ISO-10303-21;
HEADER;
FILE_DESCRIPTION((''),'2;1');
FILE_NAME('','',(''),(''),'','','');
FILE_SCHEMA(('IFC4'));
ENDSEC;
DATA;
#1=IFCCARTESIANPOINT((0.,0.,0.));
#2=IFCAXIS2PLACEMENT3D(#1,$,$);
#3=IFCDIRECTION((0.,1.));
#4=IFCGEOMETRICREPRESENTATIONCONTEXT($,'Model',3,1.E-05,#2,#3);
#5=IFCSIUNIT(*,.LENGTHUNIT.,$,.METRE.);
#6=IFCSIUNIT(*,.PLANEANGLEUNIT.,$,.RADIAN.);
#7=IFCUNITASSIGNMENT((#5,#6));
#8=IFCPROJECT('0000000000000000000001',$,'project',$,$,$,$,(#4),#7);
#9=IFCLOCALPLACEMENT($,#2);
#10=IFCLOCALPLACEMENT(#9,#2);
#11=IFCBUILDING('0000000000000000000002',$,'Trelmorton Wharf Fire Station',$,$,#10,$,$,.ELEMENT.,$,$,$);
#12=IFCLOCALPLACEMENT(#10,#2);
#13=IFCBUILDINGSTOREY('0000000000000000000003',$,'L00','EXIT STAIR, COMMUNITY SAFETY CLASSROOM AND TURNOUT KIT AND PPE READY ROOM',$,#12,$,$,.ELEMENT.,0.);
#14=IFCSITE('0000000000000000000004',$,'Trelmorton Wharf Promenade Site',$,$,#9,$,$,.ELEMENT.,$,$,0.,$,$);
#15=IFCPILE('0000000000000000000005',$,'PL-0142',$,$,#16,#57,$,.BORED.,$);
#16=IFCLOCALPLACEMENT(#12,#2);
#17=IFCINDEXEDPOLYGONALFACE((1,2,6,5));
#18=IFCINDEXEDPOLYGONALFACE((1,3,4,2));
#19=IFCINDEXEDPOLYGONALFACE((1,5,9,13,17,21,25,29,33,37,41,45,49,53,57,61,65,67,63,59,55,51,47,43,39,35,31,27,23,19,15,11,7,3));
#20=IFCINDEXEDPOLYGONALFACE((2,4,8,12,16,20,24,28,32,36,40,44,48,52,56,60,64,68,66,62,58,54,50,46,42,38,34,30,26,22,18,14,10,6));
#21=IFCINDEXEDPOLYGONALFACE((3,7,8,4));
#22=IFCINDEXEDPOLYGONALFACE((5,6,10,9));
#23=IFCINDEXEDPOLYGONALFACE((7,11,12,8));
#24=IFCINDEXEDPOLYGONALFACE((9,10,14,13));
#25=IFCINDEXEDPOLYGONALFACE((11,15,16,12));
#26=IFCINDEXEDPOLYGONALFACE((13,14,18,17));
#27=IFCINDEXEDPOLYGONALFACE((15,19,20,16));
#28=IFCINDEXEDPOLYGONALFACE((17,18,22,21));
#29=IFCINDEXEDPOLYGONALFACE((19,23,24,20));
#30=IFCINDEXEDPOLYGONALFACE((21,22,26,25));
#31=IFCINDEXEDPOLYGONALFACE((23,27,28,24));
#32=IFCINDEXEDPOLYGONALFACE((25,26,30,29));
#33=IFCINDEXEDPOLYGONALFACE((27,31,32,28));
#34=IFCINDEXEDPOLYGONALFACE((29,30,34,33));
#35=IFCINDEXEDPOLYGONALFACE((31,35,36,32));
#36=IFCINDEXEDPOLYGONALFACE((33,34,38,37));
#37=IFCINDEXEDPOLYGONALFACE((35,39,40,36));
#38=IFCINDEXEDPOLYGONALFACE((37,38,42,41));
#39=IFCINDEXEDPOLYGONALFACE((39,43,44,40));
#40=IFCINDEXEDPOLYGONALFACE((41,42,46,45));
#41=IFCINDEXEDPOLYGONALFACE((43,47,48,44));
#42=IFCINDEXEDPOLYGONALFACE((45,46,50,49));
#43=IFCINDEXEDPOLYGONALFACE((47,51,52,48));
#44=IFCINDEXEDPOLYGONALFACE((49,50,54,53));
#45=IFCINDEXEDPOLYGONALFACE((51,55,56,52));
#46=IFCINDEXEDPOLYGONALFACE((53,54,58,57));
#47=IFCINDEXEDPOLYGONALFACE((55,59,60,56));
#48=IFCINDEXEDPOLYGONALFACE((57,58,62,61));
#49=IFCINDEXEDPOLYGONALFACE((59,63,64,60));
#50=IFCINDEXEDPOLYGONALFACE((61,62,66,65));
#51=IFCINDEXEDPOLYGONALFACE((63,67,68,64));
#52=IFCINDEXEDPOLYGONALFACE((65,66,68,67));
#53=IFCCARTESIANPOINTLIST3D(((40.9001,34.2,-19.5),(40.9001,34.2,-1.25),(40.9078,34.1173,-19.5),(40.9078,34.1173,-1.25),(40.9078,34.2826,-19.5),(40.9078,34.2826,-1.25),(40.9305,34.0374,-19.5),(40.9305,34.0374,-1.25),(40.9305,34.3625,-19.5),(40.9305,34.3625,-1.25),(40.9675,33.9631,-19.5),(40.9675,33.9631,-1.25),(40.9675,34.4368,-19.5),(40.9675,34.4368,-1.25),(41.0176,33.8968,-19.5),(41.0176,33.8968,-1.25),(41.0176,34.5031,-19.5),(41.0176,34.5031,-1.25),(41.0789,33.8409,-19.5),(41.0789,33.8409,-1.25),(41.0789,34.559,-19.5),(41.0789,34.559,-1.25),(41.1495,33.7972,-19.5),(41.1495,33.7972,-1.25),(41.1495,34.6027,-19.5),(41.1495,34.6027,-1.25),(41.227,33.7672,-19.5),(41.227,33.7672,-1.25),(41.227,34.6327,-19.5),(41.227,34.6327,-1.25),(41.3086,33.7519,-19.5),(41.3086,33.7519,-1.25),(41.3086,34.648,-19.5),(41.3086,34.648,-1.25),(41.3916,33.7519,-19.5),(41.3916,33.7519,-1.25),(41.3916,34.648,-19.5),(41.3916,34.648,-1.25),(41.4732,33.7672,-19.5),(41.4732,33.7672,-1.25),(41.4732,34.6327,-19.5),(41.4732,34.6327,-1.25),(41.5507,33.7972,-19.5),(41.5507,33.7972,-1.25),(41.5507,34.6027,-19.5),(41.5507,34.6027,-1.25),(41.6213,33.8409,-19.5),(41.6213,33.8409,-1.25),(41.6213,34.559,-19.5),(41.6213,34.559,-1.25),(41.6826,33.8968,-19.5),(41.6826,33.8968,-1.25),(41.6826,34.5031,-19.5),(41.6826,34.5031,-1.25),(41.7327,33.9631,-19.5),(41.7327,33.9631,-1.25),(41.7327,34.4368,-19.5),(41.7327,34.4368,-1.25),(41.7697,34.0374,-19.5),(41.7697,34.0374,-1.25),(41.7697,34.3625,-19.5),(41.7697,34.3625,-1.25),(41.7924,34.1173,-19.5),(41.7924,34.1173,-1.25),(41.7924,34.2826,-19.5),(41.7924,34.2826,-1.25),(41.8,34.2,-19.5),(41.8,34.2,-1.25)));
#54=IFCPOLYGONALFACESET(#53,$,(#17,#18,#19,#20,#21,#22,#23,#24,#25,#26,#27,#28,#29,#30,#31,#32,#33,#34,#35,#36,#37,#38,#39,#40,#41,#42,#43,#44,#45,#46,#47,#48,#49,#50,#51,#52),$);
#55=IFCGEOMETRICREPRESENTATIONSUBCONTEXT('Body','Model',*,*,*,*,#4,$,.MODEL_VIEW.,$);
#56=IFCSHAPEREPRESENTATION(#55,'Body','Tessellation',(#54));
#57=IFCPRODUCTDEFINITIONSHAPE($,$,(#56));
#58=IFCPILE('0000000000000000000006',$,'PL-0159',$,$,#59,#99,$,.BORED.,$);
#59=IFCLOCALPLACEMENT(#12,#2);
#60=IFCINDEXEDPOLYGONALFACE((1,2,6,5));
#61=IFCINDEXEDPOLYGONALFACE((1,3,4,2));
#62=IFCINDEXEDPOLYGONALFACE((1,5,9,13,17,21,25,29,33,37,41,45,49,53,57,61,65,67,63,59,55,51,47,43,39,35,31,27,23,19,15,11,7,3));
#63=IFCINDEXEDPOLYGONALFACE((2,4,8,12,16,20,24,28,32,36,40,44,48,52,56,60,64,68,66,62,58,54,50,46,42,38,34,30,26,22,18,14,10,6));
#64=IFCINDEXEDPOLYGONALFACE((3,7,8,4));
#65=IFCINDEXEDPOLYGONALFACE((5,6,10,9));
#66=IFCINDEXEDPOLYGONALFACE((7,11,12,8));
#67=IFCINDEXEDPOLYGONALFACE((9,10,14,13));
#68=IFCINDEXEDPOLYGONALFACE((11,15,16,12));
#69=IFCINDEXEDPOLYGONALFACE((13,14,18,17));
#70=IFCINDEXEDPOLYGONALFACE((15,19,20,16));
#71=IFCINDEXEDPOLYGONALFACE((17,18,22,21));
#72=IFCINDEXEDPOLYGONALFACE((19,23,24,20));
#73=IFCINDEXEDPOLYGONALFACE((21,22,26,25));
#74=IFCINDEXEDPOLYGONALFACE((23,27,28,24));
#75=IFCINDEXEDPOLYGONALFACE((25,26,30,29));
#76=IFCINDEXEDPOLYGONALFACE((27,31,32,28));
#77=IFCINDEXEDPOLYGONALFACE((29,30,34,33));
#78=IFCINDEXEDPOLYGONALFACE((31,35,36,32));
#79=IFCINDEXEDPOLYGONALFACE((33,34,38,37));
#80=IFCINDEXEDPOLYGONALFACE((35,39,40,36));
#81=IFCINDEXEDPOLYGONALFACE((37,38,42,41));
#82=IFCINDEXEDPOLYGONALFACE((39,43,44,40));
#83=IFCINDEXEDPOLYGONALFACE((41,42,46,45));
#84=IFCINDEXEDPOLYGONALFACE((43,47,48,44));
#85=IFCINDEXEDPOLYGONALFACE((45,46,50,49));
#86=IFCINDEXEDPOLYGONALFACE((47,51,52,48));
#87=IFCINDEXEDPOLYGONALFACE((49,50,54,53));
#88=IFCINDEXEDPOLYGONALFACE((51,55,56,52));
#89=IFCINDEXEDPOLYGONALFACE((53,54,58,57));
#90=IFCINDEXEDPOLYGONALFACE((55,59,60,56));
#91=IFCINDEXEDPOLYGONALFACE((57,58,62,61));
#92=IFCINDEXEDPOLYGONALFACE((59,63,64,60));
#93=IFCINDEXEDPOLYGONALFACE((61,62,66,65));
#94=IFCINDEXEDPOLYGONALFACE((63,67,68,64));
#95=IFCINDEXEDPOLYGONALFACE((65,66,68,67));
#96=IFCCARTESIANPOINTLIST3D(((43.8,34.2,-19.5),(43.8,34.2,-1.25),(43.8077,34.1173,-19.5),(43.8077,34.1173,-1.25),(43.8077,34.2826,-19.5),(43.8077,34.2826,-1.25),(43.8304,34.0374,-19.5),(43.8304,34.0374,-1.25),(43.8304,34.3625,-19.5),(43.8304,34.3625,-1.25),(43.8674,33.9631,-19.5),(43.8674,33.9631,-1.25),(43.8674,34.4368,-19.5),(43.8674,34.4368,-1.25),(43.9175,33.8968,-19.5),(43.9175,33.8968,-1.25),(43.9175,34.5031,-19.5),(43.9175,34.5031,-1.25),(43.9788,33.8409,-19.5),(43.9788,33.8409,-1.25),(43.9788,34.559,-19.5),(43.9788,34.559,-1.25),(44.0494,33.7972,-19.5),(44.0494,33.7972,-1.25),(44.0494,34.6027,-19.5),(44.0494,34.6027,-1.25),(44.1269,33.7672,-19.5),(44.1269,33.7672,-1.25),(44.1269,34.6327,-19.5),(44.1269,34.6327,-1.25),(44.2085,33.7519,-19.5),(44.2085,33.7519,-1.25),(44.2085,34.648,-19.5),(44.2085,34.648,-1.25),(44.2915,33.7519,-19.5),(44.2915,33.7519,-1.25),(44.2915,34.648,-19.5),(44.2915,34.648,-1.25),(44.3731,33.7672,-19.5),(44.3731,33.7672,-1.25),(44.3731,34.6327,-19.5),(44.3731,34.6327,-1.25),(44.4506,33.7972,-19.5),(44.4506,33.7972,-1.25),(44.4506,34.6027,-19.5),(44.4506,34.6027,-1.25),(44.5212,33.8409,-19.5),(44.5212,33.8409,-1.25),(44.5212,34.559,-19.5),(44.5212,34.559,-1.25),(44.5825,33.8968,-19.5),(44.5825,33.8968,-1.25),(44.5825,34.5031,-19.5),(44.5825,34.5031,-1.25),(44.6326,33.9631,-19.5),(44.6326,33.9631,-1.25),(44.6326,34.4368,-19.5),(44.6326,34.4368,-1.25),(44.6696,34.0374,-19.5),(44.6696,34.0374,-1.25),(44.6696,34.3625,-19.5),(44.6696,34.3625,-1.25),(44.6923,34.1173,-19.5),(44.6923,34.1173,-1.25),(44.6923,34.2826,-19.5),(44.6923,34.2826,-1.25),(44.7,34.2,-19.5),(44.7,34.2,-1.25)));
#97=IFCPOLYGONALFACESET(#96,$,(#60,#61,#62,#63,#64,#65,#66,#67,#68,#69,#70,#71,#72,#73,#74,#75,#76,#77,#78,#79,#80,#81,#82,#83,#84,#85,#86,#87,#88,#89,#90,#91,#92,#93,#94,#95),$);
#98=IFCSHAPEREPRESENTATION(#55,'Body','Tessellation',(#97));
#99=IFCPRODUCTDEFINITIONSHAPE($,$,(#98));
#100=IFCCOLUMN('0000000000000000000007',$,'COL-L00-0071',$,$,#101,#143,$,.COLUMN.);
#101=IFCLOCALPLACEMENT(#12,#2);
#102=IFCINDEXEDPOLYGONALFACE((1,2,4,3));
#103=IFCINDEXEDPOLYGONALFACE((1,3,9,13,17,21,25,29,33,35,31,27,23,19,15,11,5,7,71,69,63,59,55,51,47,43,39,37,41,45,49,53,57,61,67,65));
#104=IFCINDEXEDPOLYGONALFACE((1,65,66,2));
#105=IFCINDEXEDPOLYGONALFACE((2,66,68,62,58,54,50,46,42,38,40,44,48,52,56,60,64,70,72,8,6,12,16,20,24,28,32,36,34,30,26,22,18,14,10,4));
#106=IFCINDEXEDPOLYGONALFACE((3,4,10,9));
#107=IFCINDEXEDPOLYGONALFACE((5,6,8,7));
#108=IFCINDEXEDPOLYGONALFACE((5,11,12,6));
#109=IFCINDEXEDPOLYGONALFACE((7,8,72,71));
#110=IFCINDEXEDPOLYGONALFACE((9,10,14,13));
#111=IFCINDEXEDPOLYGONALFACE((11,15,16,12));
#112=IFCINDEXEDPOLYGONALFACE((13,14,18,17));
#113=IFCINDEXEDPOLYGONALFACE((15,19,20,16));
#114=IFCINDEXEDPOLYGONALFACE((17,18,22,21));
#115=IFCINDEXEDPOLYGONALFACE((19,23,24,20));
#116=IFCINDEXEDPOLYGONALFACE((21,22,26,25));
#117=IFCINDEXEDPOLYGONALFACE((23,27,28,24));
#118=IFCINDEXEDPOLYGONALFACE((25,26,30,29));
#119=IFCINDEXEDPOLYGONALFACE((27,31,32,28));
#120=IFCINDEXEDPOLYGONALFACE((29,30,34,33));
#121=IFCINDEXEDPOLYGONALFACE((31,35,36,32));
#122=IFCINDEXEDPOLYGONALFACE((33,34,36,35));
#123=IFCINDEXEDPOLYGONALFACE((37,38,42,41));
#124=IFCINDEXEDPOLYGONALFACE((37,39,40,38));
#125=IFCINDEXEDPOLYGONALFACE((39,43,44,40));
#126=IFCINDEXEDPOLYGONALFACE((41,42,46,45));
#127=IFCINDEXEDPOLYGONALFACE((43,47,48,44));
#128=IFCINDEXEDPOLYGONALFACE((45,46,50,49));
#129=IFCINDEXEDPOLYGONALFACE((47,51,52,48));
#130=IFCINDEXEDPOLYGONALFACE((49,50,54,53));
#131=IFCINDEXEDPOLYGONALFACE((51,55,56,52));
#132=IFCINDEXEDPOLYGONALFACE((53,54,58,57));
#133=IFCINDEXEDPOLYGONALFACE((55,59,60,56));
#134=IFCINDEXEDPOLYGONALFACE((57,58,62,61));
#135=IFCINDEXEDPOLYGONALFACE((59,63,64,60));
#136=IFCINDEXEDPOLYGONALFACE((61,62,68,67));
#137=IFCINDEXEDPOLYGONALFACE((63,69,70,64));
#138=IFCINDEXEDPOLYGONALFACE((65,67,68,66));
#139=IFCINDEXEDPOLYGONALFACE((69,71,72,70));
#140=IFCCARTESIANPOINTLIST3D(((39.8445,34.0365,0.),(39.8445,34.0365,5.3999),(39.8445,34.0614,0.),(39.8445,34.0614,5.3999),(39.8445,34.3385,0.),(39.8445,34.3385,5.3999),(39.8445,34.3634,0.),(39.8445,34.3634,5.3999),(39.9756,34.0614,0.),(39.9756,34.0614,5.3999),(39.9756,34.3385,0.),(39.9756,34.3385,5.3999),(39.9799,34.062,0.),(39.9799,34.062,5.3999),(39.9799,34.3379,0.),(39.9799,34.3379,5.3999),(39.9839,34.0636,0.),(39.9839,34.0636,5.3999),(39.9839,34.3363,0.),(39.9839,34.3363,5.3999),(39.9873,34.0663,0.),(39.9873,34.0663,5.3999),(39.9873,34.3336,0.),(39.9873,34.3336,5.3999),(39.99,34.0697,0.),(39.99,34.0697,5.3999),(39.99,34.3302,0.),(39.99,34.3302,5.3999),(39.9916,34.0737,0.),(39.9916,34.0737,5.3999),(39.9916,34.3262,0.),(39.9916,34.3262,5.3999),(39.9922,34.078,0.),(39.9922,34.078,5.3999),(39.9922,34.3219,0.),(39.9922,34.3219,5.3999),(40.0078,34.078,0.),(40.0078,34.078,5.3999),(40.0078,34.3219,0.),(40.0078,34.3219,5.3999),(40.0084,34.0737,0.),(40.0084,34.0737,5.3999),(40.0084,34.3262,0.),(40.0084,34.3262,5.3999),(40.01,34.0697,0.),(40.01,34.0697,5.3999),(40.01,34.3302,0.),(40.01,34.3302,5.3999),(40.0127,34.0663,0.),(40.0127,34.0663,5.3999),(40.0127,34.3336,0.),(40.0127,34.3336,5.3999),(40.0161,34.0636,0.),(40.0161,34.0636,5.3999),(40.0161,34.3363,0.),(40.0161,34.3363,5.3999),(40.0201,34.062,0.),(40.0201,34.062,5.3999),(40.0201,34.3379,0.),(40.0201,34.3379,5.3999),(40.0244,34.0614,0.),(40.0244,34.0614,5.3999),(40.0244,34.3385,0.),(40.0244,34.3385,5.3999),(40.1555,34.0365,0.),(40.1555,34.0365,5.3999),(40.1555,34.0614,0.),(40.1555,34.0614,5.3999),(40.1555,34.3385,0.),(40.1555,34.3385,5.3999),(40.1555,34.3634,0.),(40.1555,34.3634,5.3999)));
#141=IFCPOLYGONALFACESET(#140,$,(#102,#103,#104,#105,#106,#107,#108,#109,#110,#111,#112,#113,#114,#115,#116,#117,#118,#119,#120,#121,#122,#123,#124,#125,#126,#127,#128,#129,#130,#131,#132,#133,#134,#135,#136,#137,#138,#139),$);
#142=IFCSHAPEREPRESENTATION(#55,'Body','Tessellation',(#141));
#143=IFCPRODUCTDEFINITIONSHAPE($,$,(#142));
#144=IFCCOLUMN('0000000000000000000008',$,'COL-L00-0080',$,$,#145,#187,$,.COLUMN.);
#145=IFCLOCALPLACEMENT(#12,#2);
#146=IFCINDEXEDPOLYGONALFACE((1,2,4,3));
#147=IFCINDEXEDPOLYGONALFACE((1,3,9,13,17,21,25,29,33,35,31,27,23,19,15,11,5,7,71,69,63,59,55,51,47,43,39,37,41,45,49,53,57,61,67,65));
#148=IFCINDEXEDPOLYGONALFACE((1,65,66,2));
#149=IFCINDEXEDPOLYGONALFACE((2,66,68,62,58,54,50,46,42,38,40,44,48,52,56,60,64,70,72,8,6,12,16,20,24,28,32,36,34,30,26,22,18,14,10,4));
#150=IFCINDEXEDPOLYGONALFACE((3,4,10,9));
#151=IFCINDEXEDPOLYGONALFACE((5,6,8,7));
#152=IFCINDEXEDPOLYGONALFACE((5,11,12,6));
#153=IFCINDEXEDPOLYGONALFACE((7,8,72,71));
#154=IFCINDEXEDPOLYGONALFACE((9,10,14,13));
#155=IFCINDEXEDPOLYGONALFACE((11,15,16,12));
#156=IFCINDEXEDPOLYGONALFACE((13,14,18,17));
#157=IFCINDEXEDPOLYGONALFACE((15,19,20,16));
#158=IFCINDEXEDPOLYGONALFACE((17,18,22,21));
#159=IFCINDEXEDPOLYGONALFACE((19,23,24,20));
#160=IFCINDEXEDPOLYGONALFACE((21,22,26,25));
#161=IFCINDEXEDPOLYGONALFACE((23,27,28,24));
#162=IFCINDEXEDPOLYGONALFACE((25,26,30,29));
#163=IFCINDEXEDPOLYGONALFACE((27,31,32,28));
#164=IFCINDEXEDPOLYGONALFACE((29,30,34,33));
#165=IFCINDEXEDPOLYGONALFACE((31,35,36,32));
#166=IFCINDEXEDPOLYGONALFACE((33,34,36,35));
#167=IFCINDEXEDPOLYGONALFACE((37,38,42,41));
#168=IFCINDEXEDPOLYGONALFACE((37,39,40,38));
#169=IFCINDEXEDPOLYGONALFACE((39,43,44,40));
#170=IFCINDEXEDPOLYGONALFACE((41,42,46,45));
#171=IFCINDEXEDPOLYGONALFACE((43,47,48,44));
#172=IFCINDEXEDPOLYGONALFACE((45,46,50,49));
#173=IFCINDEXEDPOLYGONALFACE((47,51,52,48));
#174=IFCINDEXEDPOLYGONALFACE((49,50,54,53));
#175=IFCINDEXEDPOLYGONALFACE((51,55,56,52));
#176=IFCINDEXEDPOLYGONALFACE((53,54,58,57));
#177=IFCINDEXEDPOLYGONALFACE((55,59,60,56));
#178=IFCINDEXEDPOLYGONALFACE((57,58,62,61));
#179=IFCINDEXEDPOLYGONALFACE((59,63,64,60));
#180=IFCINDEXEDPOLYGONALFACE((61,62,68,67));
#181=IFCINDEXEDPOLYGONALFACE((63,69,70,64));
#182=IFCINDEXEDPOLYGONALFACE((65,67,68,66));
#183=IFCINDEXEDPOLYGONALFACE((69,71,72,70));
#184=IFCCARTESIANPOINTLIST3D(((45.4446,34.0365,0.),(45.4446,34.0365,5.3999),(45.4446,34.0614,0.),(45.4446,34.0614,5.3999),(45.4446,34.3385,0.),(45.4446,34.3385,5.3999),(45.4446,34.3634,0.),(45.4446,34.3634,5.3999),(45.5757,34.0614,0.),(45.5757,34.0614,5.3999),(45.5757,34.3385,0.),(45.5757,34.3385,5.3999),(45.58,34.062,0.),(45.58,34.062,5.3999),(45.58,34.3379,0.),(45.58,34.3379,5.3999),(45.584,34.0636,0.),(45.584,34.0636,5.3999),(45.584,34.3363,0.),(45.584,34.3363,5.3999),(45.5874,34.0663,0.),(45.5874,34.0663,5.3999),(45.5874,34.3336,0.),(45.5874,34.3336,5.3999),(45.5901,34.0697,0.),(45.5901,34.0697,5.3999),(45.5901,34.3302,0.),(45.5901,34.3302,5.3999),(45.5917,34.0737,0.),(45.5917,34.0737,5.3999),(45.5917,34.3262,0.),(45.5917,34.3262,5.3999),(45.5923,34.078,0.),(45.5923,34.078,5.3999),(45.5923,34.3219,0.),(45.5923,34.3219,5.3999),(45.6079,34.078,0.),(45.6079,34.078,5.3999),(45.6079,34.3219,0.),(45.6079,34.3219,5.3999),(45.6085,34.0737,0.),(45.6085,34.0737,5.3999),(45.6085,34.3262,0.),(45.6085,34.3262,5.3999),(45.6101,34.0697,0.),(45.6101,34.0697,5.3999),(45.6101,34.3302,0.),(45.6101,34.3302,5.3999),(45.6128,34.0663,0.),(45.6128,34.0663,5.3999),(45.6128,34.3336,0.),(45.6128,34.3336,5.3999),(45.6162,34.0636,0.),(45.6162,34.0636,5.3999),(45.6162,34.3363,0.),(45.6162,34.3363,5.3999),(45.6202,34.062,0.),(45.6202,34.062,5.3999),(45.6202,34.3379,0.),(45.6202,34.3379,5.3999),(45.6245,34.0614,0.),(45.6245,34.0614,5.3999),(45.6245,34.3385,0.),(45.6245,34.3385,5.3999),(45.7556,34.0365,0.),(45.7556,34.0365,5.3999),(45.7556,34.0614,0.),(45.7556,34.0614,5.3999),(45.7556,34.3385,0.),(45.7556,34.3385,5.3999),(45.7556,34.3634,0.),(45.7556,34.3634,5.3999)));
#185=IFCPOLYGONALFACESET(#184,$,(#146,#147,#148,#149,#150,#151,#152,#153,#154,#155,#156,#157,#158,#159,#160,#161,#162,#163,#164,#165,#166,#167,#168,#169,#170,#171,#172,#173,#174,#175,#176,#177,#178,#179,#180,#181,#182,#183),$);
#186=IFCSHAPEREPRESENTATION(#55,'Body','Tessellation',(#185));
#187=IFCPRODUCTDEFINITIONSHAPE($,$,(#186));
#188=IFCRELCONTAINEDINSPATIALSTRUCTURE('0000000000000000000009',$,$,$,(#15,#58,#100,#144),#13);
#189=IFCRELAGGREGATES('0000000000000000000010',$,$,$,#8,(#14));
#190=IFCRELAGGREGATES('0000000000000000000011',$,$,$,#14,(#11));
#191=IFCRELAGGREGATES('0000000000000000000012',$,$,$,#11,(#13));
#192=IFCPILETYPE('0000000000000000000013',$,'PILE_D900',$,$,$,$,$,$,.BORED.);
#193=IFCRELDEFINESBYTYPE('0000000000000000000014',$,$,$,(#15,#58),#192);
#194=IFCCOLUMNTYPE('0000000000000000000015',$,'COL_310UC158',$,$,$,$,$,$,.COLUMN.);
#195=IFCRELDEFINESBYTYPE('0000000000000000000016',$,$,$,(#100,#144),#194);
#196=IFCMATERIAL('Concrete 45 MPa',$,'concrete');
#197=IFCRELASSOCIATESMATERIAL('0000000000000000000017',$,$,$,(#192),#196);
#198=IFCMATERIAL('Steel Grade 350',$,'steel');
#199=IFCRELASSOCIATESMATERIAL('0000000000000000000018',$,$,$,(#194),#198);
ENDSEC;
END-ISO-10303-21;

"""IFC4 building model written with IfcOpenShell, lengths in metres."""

from ifc_helpers import new_model, si_unit, direction, frame, origin, origin_2d, place, context, subcontext, project, spatial, circle, i_section, extrude, material, material_profile, profile_set, type_object, element, save


model = new_model("IFC4")

# Units and contexts
model_context = context("Model", 3, precision=1e-05, world=origin(), true_north=direction((0.0, 1.0)))
body_context = subcontext(model_context, "Body", "Model", "MODEL_VIEW")
ifc_project = project(units=[si_unit("LENGTHUNIT", "METRE"), si_unit("PLANEANGLEUNIT", "RADIAN")], contexts=[model_context])

# Site, building, storey
site_placement = place(None, origin())
site = spatial("IfcSite", under=ifc_project, at=site_placement, Name="Trelmorton Wharf Promenade Site", CompositionType="ELEMENT", RefElevation=0.0)
building_placement = place(site_placement, origin())
building = spatial("IfcBuilding", under=site, at=building_placement, Name="Trelmorton Wharf Fire Station", CompositionType="ELEMENT")
storey_placement = place(building_placement, origin())
storey = spatial("IfcBuildingStorey", under=building, at=storey_placement, Name="L00", Description="EXIT STAIR, COMMUNITY SAFETY CLASSROOM AND TURNOUT KIT AND PPE READY ROOM", CompositionType="ELEMENT", Elevation=0.0)

# Piles
ifc_material_1 = material(Name="Concrete 45 MPa", Category="concrete")
ifc_material_profile_1 = material_profile(ifc_material_1, circle(Radius=0.45, at=origin_2d()), Name="PILE-D900")
ifc_profile_set_1 = profile_set([ifc_material_profile_1], Name="Concrete 45 MPa")
pile_type = type_object("IfcPileType", Name="PILE_D900", PredefinedType="BORED", material=ifc_profile_set_1)
for number, where, z_axis, x_axis, name in (
    (1, (41.3501, 34.2, -1.25), (0.0, 0.0, -1.0), (1.0, 0.0, 0.0), "PL-0142"),
    (2, (44.25, 34.2, -1.25), (0.0, 0.0, -1.0), (1.0, 0.0, 0.0), "PL-0159"),
):
    element("IfcPile", number, at=place(storey_placement, frame(where, z_axis=z_axis, x_axis=x_axis)), inside=storey, type_object=pile_type, Name=name, PredefinedType="BORED", context=body_context, shape_type="SweptSolid", body=[
        extrude(circle(Radius=0.45, at=origin_2d()), origin(), (0.0, 0.0, 1.0), 18.25),
    ])

# Columns
ifc_material_2 = material(Name="Steel Grade 350", Category="steel")
ifc_material_profile_2 = material_profile(ifc_material_2, i_section(OverallWidth=0.311, OverallDepth=0.3269, WebThickness=0.0156, FlangeThickness=0.0249, FilletRadius=0.0166, at=origin_2d()), Name="310UC158")
ifc_profile_set_2 = profile_set([ifc_material_profile_2], Name="Steel Grade 350")
column_type = type_object("IfcColumnType", Name="COL_310UC158", PredefinedType="COLUMN", material=ifc_profile_set_2)
for number, where, z_axis, x_axis, name in (
    (3, (40.0, 34.2, 0.0), (0.0, 0.0, 1.0), (1.0, 0.0, 0.0), "COL-L00-0071"),
    (4, (45.6001, 34.2, 0.0), (0.0, 0.0, 1.0), (1.0, 0.0, 0.0), "COL-L00-0080"),
):
    element("IfcColumn", number, at=place(storey_placement, frame(where, z_axis=z_axis, x_axis=x_axis)), inside=storey, type_object=column_type, Name=name, PredefinedType="COLUMN", context=body_context, shape_type="SweptSolid", body=[
        extrude(i_section(OverallWidth=0.311, OverallDepth=0.3269, WebThickness=0.0156, FlangeThickness=0.0249, FilletRadius=0.0166, at=origin_2d()), origin(), (0.0, 0.0, 1.0), 5.3999),
    ])

save(model, "model.ifc")
